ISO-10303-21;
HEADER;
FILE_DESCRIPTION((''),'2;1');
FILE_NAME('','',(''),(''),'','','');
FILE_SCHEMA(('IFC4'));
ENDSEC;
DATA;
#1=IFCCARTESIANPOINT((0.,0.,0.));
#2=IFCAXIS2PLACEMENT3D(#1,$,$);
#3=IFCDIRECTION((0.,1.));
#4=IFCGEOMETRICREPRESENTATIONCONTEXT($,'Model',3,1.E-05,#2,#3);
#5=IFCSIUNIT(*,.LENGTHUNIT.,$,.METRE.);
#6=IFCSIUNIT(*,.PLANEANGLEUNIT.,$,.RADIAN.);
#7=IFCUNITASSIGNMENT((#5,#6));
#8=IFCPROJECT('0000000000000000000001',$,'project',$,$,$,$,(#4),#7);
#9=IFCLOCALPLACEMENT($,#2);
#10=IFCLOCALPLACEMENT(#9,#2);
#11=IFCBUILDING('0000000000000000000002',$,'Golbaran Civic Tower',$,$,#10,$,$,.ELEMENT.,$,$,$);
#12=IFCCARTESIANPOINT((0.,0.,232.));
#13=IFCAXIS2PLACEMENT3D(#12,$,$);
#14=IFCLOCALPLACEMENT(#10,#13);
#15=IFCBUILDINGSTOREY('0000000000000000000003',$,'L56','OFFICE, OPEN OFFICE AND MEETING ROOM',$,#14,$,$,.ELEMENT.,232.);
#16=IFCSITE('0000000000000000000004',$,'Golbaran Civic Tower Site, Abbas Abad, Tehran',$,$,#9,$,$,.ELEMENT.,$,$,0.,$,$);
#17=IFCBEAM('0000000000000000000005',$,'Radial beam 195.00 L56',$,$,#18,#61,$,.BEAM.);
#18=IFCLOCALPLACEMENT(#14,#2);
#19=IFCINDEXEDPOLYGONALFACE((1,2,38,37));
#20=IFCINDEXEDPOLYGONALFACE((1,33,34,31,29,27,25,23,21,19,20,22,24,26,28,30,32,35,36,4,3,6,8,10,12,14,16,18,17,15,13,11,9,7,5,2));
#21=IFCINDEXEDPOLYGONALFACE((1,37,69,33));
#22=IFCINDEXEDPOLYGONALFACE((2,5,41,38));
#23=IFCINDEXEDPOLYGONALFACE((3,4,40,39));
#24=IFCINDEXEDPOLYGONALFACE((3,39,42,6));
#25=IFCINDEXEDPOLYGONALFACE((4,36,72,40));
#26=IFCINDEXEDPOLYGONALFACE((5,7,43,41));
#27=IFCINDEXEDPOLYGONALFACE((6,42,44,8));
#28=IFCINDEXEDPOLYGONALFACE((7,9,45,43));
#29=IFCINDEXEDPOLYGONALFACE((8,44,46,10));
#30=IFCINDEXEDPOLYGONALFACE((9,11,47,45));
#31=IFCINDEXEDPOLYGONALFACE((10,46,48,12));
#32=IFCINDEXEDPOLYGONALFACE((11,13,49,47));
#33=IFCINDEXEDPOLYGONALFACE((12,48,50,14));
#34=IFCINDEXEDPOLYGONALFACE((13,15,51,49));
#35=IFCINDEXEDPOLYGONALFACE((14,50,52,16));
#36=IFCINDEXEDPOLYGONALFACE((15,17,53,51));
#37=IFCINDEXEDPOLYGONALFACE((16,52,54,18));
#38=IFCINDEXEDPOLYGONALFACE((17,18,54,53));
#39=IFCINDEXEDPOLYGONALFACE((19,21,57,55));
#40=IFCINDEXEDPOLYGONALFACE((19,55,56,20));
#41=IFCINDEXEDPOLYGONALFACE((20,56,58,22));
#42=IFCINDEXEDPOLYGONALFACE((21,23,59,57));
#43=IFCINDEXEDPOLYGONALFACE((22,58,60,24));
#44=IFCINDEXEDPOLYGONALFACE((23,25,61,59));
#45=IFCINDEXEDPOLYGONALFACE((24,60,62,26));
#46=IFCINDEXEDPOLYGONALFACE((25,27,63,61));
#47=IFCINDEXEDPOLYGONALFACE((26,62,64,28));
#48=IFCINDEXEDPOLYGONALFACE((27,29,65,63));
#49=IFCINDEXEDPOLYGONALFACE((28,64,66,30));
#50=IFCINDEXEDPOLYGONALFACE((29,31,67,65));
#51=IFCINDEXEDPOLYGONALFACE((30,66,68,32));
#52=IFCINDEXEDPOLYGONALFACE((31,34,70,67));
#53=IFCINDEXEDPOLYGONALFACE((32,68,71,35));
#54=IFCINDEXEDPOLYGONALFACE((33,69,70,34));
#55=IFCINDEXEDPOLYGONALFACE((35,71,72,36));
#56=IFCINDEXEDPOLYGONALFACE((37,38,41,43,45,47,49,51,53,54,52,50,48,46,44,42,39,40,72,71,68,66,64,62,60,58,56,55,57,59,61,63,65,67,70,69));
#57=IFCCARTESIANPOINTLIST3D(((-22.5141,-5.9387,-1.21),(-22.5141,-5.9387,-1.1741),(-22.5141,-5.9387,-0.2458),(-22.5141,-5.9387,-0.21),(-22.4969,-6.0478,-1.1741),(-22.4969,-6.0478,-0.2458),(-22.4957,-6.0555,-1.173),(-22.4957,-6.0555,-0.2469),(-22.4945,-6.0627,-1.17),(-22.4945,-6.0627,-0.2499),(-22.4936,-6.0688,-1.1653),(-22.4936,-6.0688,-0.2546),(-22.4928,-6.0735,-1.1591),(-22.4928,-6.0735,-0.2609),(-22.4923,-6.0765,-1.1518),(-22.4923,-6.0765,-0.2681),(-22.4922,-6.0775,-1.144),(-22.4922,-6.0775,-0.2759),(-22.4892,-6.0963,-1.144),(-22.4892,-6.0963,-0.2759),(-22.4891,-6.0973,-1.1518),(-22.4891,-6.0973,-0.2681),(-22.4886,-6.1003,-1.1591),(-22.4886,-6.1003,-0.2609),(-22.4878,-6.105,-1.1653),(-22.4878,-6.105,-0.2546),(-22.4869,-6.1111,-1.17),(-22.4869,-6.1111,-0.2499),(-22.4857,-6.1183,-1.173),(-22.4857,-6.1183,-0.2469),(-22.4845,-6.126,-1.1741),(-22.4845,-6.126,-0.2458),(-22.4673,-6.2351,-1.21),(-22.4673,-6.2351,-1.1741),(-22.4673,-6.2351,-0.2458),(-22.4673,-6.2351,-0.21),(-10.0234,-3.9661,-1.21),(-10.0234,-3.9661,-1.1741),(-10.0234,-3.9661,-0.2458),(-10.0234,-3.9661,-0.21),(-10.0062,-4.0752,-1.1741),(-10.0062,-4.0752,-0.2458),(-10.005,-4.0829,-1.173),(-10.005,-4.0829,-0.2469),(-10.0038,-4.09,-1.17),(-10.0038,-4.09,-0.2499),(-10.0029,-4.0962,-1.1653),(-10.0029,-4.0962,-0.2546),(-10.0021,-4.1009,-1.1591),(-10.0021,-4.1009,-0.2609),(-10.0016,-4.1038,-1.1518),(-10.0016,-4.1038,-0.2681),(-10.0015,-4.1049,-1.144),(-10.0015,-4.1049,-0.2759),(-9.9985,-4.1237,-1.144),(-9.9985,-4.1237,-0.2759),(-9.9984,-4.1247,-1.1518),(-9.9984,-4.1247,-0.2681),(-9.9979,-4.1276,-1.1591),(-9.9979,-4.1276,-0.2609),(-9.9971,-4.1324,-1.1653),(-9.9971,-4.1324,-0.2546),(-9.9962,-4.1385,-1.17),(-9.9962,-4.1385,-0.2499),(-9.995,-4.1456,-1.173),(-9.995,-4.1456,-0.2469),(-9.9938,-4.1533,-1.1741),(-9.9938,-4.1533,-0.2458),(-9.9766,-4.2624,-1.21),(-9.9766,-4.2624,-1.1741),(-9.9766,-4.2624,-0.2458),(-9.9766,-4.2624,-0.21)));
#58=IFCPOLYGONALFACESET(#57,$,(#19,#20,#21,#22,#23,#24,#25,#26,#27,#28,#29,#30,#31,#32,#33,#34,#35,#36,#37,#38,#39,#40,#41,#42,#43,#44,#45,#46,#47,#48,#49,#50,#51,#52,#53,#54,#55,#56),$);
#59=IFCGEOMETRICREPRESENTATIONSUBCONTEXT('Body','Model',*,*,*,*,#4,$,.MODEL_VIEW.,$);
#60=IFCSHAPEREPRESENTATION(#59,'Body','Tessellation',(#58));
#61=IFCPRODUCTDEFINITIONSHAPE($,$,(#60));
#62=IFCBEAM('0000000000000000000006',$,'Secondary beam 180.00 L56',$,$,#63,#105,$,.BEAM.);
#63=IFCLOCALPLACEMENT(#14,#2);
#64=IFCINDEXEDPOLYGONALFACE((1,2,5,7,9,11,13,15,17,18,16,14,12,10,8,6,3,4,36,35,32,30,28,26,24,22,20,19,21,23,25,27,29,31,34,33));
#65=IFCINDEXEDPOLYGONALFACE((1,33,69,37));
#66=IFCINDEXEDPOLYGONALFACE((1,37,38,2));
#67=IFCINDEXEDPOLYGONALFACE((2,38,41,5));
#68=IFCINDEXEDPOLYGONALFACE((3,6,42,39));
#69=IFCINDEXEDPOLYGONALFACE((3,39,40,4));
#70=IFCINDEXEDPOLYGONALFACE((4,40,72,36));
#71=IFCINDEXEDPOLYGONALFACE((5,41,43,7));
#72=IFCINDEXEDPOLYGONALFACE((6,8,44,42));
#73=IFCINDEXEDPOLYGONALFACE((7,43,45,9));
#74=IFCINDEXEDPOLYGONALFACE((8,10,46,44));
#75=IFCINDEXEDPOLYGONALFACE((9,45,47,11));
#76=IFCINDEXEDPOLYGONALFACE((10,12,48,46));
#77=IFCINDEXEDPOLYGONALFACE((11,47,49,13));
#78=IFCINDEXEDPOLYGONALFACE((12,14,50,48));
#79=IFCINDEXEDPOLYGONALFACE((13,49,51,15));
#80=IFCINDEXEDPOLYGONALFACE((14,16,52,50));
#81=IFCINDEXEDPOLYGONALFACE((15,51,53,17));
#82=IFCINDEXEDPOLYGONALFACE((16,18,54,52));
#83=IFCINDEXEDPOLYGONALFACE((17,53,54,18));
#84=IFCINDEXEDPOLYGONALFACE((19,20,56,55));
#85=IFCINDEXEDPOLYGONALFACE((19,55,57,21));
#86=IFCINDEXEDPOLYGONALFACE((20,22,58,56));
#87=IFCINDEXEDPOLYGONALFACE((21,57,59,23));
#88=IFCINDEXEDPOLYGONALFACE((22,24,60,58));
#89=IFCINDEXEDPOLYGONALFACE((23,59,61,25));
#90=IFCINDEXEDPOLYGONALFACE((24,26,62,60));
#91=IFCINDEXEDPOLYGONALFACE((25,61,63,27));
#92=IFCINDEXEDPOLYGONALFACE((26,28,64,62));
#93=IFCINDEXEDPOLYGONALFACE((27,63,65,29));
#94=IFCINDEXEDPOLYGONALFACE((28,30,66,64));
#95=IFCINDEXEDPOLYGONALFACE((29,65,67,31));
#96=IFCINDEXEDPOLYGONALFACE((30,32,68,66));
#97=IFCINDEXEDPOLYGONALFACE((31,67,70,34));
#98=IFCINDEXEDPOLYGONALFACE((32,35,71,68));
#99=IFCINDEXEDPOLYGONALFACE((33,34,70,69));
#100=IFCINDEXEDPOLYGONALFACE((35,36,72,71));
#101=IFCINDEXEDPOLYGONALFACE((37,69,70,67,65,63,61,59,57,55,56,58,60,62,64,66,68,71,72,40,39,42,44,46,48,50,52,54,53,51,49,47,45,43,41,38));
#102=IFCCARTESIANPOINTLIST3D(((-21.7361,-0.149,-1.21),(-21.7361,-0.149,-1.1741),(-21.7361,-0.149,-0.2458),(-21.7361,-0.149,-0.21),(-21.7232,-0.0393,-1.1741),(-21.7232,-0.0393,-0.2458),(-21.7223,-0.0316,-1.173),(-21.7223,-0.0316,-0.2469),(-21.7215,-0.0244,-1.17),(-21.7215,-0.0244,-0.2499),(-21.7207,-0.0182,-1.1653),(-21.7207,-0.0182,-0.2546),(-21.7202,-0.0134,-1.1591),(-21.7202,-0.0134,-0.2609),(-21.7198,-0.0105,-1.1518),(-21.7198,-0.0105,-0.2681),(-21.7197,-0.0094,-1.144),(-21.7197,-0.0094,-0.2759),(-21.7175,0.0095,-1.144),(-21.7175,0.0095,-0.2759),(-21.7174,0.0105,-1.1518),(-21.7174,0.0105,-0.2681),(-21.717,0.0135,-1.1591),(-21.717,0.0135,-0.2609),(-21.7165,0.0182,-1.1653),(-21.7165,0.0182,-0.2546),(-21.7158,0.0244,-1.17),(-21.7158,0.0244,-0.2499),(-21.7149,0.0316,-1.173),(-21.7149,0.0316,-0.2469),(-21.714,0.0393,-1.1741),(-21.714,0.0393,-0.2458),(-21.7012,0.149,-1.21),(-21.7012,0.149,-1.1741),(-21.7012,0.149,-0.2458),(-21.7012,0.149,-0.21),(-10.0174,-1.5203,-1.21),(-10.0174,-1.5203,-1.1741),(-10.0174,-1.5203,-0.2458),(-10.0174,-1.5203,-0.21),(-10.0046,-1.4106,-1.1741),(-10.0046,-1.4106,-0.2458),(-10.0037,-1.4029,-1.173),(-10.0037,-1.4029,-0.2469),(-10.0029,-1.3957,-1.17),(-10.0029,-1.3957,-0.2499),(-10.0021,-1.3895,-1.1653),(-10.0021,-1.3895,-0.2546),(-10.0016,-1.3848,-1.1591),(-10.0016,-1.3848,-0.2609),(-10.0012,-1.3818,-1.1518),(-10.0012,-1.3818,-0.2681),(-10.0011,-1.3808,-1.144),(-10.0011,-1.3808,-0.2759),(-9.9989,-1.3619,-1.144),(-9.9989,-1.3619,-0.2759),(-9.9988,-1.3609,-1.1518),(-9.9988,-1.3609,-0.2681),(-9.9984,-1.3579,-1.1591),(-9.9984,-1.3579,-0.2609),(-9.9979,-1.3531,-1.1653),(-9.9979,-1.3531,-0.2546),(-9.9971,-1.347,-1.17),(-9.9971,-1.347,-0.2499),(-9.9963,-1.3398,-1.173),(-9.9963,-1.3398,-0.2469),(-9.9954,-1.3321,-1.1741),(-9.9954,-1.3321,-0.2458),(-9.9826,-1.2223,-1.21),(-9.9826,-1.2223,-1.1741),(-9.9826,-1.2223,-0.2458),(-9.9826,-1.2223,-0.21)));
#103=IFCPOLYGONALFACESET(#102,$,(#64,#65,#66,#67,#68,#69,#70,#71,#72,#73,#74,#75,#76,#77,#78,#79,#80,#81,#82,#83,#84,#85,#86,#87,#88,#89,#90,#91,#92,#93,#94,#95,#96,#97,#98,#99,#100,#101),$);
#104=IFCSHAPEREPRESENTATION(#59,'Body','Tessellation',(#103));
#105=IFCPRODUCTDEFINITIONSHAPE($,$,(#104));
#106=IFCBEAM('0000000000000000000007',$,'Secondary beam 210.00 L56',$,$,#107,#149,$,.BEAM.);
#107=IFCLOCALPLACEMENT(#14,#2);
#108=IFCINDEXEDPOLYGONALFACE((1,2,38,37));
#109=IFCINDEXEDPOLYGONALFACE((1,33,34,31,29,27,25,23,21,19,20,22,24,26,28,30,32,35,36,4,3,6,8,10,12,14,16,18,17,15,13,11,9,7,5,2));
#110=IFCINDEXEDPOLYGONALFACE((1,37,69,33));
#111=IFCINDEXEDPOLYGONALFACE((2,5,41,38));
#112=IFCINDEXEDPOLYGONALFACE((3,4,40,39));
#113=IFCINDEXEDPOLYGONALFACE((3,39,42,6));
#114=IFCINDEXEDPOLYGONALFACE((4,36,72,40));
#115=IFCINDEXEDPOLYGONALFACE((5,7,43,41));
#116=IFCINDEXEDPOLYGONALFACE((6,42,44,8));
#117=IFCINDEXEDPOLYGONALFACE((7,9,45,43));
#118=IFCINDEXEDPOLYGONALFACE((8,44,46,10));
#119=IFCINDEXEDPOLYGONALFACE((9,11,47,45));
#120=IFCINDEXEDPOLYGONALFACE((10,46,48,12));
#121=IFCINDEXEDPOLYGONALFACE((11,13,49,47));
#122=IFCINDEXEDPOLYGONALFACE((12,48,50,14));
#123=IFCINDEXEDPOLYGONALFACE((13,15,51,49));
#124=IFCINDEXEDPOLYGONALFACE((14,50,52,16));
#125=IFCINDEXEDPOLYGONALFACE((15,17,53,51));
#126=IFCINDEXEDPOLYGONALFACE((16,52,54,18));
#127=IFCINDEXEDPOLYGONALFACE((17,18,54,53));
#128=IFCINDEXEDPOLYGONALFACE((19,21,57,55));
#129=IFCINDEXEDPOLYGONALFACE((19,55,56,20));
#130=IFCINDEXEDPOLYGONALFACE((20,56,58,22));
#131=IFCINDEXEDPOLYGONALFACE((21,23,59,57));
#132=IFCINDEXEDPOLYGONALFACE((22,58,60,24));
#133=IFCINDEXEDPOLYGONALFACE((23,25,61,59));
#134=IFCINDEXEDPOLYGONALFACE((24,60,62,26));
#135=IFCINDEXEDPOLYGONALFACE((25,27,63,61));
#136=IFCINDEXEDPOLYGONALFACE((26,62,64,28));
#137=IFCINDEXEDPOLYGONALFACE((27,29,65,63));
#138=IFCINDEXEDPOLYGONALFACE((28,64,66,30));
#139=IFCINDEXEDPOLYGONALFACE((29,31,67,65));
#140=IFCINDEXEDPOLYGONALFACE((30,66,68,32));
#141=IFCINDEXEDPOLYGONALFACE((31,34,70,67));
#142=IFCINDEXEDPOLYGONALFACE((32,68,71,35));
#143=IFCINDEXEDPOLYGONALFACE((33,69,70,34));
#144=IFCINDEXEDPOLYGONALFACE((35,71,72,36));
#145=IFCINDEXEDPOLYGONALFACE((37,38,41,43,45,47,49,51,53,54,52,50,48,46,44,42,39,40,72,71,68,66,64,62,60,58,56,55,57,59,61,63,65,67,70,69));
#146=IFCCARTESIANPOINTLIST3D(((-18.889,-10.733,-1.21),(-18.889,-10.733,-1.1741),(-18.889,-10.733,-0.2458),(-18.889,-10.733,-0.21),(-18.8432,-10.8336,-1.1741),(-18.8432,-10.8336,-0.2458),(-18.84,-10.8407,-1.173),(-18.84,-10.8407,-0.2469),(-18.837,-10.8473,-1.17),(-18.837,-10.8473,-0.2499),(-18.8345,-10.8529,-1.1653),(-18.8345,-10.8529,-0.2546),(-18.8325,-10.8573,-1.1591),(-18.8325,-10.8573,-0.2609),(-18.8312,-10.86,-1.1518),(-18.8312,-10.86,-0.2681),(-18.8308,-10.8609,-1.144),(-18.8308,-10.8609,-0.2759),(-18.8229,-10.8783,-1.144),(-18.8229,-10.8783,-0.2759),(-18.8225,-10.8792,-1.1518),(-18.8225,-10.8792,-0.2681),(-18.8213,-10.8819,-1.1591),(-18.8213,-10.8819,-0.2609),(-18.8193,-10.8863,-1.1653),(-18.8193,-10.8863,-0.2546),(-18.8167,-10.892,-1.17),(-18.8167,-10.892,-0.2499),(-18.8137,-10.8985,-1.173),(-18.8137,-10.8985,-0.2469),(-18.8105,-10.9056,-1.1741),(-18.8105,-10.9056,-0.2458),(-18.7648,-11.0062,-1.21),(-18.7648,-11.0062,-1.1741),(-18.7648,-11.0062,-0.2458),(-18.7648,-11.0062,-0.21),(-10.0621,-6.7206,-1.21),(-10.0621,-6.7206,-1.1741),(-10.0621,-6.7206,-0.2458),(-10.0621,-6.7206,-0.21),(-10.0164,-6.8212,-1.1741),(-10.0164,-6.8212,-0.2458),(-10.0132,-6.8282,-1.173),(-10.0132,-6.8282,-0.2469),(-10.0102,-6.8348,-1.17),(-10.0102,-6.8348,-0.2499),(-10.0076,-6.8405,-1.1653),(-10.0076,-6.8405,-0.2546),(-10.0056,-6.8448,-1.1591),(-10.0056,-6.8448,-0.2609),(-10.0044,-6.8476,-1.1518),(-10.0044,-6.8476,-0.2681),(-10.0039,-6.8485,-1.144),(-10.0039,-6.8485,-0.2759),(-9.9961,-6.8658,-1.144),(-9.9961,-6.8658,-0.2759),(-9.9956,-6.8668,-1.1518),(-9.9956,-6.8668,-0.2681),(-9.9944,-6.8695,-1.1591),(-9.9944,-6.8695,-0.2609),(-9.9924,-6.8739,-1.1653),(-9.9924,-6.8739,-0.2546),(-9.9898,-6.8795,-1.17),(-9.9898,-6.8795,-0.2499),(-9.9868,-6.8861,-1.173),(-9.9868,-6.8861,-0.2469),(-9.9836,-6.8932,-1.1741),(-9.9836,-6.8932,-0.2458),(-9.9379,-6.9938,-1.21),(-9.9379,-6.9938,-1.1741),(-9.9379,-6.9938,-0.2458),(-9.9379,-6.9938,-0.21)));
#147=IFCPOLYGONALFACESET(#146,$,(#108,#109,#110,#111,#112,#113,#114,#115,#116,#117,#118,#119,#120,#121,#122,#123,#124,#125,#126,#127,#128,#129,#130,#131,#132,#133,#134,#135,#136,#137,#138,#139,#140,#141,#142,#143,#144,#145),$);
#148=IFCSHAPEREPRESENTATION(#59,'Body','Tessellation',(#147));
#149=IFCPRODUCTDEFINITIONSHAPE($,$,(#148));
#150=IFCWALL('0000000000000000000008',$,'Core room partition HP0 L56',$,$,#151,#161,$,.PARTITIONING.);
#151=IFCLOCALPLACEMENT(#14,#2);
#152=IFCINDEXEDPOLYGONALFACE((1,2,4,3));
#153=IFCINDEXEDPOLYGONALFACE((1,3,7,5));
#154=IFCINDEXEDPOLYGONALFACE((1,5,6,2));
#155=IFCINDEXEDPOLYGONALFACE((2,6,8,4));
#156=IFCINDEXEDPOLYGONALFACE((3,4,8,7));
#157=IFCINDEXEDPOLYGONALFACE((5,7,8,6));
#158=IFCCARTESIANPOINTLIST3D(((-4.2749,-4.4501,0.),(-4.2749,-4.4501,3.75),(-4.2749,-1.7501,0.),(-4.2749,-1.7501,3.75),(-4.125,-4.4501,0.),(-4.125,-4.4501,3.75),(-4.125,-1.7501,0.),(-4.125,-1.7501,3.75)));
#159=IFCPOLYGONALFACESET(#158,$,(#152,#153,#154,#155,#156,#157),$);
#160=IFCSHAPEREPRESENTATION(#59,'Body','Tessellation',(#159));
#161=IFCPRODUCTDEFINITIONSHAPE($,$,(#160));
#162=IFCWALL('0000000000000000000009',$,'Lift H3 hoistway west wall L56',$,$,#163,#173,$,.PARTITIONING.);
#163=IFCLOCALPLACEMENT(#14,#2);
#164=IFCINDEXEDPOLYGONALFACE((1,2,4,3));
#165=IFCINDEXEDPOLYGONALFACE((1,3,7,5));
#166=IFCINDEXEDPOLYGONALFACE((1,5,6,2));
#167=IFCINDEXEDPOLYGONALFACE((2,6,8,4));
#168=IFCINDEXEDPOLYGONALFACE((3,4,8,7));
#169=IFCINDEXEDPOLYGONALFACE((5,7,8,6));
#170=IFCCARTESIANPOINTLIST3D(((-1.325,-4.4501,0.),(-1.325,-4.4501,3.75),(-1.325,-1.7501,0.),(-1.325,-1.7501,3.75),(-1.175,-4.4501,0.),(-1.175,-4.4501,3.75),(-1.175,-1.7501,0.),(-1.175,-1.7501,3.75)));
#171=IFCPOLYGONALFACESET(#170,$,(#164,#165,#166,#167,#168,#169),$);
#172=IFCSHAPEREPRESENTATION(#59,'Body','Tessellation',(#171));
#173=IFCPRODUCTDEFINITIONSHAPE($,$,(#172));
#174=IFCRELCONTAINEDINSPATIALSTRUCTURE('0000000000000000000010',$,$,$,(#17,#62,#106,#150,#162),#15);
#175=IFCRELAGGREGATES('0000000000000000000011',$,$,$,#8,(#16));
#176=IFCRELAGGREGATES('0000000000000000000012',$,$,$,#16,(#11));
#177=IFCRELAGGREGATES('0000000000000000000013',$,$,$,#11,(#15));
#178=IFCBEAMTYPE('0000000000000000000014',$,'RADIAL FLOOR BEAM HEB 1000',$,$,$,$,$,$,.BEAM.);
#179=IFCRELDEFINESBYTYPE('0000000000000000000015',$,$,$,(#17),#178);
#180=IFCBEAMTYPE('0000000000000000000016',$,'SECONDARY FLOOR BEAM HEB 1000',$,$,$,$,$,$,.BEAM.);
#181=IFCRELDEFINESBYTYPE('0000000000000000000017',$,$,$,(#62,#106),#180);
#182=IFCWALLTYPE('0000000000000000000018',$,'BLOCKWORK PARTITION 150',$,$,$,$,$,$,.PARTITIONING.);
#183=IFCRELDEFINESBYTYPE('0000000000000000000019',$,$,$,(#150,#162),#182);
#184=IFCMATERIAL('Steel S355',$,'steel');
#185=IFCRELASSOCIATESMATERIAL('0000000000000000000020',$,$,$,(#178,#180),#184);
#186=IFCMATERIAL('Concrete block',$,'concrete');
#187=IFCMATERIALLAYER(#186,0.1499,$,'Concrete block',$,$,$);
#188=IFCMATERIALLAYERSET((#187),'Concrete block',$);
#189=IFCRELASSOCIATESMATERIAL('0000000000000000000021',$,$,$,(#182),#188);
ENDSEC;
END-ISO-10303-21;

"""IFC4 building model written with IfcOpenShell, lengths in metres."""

from ifc_helpers import new_model, si_unit, direction, frame, frame_2d, origin, origin_2d, place, context, subcontext, project, spatial, rectangle, i_section, extrude, material, layer, layer_set, material_profile, profile_set, type_object, element, save


model = new_model("IFC4")

# Units and contexts
model_context = context("Model", 3, precision=1e-05, world=origin(), true_north=direction((0.0, 1.0)))
body_context = subcontext(model_context, "Body", "Model", "MODEL_VIEW")
ifc_project = project(units=[si_unit("LENGTHUNIT", "METRE"), si_unit("PLANEANGLEUNIT", "RADIAN")], contexts=[model_context])

# Site, building, storey
site_placement = place(None, origin())
site = spatial("IfcSite", under=ifc_project, at=site_placement, Name="Golbaran Civic Tower Site, Abbas Abad, Tehran", CompositionType="ELEMENT", RefElevation=0.0)
building_placement = place(site_placement, origin())
building = spatial("IfcBuilding", under=site, at=building_placement, Name="Golbaran Civic Tower", CompositionType="ELEMENT")
storey_placement = place(building_placement, frame((0.0, 0.0, 232.0)))
storey = spatial("IfcBuildingStorey", under=building, at=storey_placement, Name="L56", Description="OFFICE, OPEN OFFICE AND MEETING ROOM", CompositionType="ELEMENT", Elevation=232.0)

# Beams
ifc_material_1 = material(Name="Steel S355", Category="steel")
ifc_material_profile_1 = material_profile(ifc_material_1, i_section(OverallWidth=0.3, OverallDepth=1.0, WebThickness=0.019, FlangeThickness=0.0359, FilletRadius=0.03, at=origin_2d()), Name="HEB 1000")
ifc_profile_set_1 = profile_set([ifc_material_profile_1], Name="Steel S355")
beam_type_1 = type_object("IfcBeamType", Name="RADIAL FLOOR BEAM HEB 1000", PredefinedType="BEAM", material=ifc_profile_set_1)
beam_1_placement = place(storey_placement, frame((-10.0, -4.1143, -0.71), z_axis=(-0.987758, -0.155996, 0.0), x_axis=(0.155996, -0.987758, 0.0)))
element("IfcBeam", 1, at=beam_1_placement, inside=storey, type_object=beam_type_1, Name="Radial beam 195.00 L56", PredefinedType="BEAM", context=body_context, shape_type="SweptSolid", body=[
    extrude(i_section(OverallWidth=0.3, OverallDepth=1.0, WebThickness=0.019, FlangeThickness=0.0359, FilletRadius=0.03, at=origin_2d()), origin(), (0.0, 0.0, 1.0), 12.6455),
])
ifc_material_profile_2 = material_profile(ifc_material_1, i_section(OverallWidth=0.3, OverallDepth=1.0, WebThickness=0.019, FlangeThickness=0.0359, FilletRadius=0.03, at=origin_2d()), Name="HEB 1000")
ifc_profile_set_2 = profile_set([ifc_material_profile_2], Name="Steel S355")
beam_type_2 = type_object("IfcBeamType", Name="SECONDARY FLOOR BEAM HEB 1000", PredefinedType="BEAM", material=ifc_profile_set_2)
beam_2_placement = place(storey_placement, frame((-10.0, -1.3713, -0.71), z_axis=(-0.993222, 0.11623, 0.0), x_axis=(-0.11623, -0.993222, 0.0)))
element("IfcBeam", 2, at=beam_2_placement, inside=storey, type_object=beam_type_2, Name="Secondary beam 180.00 L56", PredefinedType="BEAM", context=body_context, shape_type="SweptSolid", body=[
    extrude(i_section(OverallWidth=0.3, OverallDepth=1.0, WebThickness=0.019, FlangeThickness=0.0359, FilletRadius=0.03, at=origin_2d()), origin(), (0.0, 0.0, 1.0), 11.7986),
])
beam_3_placement = place(storey_placement, frame((-10.0, -6.8572, -0.71), z_axis=(-0.910358, -0.413822, 0.0), x_axis=(0.413822, -0.910358, 0.0)))
element("IfcBeam", 3, at=beam_3_placement, inside=storey, type_object=beam_type_2, Name="Secondary beam 210.00 L56", PredefinedType="BEAM", context=body_context, shape_type="SweptSolid", body=[
    extrude(i_section(OverallWidth=0.3, OverallDepth=1.0, WebThickness=0.019, FlangeThickness=0.0359, FilletRadius=0.03, at=origin_2d()), origin(), (0.0, 0.0, 1.0), 9.696),
])

# Walls
ifc_material_2 = material(Name="Concrete block", Category="concrete")
ifc_layer_1 = layer(ifc_material_2, 0.1499, Name="Concrete block")
ifc_layer_set_1 = layer_set([ifc_layer_1], Name="Concrete block")
wall_type_1 = type_object("IfcWallType", Name="BLOCKWORK PARTITION 150", PredefinedType="PARTITIONING", material=ifc_layer_set_1)
for number, where, z_axis, x_axis, name in (
    (4, (-4.2, -1.75, 0.0), (0.0, 0.0, 1.0), (0.0, -1.0, 0.0), "Core room partition HP0 L56"),
    (5, (-1.25, -1.75, 0.0), (0.0, 0.0, 1.0), (0.0, -1.0, 0.0), "Lift H3 hoistway west wall L56"),
):
    element("IfcWall", number, at=place(storey_placement, frame(where, z_axis=z_axis, x_axis=x_axis)), inside=storey, type_object=wall_type_1, Name=name, PredefinedType="PARTITIONING", context=body_context, shape_type="SweptSolid", body=[
        extrude(rectangle(XDim=2.7, YDim=0.1499, at=frame_2d((1.3501, 0.0))), origin(), (0.0, 0.0, 1.0), 3.75),
    ])

save(model, "model.ifc")
